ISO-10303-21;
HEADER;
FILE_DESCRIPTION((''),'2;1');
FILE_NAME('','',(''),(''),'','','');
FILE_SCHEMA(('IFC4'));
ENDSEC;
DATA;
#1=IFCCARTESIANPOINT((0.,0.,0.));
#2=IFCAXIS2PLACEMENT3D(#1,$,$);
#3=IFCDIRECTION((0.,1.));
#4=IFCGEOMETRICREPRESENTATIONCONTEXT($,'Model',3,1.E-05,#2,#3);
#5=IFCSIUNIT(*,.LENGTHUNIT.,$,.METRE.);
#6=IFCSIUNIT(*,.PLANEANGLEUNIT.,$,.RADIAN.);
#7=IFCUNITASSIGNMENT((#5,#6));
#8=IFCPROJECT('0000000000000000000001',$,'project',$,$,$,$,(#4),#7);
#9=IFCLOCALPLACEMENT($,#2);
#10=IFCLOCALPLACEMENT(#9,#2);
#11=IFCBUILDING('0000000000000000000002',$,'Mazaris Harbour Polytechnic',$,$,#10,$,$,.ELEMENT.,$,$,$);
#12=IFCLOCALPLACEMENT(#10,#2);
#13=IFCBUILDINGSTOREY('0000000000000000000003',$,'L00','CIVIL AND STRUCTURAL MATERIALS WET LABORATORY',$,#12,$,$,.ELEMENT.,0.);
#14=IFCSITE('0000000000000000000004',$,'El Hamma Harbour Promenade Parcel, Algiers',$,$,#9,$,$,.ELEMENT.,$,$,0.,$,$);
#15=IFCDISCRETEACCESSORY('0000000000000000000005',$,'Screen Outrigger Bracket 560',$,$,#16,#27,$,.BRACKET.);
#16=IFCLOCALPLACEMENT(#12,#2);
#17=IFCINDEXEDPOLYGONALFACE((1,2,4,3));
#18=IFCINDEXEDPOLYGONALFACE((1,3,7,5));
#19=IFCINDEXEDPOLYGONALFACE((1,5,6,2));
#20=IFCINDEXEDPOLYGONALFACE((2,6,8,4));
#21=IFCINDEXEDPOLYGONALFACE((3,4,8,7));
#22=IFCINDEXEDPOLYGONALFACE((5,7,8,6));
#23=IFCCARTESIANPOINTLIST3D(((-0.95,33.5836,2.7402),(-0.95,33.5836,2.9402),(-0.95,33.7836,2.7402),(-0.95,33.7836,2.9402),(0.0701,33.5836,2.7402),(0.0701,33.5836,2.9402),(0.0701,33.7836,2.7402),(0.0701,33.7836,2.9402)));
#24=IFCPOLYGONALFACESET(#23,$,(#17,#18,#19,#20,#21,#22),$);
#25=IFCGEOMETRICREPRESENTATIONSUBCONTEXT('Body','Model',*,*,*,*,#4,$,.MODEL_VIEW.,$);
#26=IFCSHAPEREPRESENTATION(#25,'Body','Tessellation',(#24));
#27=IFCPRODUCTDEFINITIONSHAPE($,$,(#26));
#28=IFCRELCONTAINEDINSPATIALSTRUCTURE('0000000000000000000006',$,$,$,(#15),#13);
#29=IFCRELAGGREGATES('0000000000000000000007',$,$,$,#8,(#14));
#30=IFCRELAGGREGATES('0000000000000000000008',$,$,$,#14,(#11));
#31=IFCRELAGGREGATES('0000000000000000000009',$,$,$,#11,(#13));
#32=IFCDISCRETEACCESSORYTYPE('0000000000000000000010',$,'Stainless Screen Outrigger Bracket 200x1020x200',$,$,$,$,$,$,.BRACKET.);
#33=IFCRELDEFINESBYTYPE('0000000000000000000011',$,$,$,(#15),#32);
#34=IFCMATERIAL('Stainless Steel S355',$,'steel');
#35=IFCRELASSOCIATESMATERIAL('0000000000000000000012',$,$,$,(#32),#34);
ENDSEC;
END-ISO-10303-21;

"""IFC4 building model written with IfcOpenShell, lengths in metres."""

from ifc_helpers import new_model, si_unit, direction, frame, origin, origin_2d, place, context, subcontext, project, spatial, rectangle, extrude, material, type_object, element, save


model = new_model("IFC4")

# Units and contexts
model_context = context("Model", 3, precision=1e-05, world=origin(), true_north=direction((0.0, 1.0)))
body_context = subcontext(model_context, "Body", "Model", "MODEL_VIEW")
ifc_project = project(units=[si_unit("LENGTHUNIT", "METRE"), si_unit("PLANEANGLEUNIT", "RADIAN")], contexts=[model_context])

# Site, building, storey
site_placement = place(None, origin())
site = spatial("IfcSite", under=ifc_project, at=site_placement, Name="El Hamma Harbour Promenade Parcel, Algiers", CompositionType="ELEMENT", RefElevation=0.0)
building_placement = place(site_placement, origin())
building = spatial("IfcBuilding", under=site, at=building_placement, Name="Mazaris Harbour Polytechnic", CompositionType="ELEMENT")
storey_placement = place(building_placement, origin())
storey = spatial("IfcBuildingStorey", under=building, at=storey_placement, Name="L00", Description="CIVIL AND STRUCTURAL MATERIALS WET LABORATORY", CompositionType="ELEMENT", Elevation=0.0)

# Discrete accessory
ifc_material_1 = material(Name="Stainless Steel S355", Category="steel")
discrete_accessory_type = type_object("IfcDiscreteAccessoryType", Name="Stainless Screen Outrigger Bracket 200x1020x200", PredefinedType="BRACKET", material=ifc_material_1)
for number, where, z_axis, x_axis, name in (
    (1, (-0.4399, 33.6836, 2.7402), (0.0, 0.0, 1.0), (0.0, 1.0, 0.0), "Screen Outrigger Bracket 560"),
):
    element("IfcDiscreteAccessory", number, at=place(storey_placement, frame(where, z_axis=z_axis, x_axis=x_axis)), inside=storey, type_object=discrete_accessory_type, Name=name, PredefinedType="BRACKET", context=body_context, shape_type="SweptSolid", body=[
        extrude(rectangle(XDim=0.2, YDim=1.02, at=origin_2d()), origin(), (0.0, 0.0, 1.0), 0.2),
    ])

save(model, "model.ifc")
